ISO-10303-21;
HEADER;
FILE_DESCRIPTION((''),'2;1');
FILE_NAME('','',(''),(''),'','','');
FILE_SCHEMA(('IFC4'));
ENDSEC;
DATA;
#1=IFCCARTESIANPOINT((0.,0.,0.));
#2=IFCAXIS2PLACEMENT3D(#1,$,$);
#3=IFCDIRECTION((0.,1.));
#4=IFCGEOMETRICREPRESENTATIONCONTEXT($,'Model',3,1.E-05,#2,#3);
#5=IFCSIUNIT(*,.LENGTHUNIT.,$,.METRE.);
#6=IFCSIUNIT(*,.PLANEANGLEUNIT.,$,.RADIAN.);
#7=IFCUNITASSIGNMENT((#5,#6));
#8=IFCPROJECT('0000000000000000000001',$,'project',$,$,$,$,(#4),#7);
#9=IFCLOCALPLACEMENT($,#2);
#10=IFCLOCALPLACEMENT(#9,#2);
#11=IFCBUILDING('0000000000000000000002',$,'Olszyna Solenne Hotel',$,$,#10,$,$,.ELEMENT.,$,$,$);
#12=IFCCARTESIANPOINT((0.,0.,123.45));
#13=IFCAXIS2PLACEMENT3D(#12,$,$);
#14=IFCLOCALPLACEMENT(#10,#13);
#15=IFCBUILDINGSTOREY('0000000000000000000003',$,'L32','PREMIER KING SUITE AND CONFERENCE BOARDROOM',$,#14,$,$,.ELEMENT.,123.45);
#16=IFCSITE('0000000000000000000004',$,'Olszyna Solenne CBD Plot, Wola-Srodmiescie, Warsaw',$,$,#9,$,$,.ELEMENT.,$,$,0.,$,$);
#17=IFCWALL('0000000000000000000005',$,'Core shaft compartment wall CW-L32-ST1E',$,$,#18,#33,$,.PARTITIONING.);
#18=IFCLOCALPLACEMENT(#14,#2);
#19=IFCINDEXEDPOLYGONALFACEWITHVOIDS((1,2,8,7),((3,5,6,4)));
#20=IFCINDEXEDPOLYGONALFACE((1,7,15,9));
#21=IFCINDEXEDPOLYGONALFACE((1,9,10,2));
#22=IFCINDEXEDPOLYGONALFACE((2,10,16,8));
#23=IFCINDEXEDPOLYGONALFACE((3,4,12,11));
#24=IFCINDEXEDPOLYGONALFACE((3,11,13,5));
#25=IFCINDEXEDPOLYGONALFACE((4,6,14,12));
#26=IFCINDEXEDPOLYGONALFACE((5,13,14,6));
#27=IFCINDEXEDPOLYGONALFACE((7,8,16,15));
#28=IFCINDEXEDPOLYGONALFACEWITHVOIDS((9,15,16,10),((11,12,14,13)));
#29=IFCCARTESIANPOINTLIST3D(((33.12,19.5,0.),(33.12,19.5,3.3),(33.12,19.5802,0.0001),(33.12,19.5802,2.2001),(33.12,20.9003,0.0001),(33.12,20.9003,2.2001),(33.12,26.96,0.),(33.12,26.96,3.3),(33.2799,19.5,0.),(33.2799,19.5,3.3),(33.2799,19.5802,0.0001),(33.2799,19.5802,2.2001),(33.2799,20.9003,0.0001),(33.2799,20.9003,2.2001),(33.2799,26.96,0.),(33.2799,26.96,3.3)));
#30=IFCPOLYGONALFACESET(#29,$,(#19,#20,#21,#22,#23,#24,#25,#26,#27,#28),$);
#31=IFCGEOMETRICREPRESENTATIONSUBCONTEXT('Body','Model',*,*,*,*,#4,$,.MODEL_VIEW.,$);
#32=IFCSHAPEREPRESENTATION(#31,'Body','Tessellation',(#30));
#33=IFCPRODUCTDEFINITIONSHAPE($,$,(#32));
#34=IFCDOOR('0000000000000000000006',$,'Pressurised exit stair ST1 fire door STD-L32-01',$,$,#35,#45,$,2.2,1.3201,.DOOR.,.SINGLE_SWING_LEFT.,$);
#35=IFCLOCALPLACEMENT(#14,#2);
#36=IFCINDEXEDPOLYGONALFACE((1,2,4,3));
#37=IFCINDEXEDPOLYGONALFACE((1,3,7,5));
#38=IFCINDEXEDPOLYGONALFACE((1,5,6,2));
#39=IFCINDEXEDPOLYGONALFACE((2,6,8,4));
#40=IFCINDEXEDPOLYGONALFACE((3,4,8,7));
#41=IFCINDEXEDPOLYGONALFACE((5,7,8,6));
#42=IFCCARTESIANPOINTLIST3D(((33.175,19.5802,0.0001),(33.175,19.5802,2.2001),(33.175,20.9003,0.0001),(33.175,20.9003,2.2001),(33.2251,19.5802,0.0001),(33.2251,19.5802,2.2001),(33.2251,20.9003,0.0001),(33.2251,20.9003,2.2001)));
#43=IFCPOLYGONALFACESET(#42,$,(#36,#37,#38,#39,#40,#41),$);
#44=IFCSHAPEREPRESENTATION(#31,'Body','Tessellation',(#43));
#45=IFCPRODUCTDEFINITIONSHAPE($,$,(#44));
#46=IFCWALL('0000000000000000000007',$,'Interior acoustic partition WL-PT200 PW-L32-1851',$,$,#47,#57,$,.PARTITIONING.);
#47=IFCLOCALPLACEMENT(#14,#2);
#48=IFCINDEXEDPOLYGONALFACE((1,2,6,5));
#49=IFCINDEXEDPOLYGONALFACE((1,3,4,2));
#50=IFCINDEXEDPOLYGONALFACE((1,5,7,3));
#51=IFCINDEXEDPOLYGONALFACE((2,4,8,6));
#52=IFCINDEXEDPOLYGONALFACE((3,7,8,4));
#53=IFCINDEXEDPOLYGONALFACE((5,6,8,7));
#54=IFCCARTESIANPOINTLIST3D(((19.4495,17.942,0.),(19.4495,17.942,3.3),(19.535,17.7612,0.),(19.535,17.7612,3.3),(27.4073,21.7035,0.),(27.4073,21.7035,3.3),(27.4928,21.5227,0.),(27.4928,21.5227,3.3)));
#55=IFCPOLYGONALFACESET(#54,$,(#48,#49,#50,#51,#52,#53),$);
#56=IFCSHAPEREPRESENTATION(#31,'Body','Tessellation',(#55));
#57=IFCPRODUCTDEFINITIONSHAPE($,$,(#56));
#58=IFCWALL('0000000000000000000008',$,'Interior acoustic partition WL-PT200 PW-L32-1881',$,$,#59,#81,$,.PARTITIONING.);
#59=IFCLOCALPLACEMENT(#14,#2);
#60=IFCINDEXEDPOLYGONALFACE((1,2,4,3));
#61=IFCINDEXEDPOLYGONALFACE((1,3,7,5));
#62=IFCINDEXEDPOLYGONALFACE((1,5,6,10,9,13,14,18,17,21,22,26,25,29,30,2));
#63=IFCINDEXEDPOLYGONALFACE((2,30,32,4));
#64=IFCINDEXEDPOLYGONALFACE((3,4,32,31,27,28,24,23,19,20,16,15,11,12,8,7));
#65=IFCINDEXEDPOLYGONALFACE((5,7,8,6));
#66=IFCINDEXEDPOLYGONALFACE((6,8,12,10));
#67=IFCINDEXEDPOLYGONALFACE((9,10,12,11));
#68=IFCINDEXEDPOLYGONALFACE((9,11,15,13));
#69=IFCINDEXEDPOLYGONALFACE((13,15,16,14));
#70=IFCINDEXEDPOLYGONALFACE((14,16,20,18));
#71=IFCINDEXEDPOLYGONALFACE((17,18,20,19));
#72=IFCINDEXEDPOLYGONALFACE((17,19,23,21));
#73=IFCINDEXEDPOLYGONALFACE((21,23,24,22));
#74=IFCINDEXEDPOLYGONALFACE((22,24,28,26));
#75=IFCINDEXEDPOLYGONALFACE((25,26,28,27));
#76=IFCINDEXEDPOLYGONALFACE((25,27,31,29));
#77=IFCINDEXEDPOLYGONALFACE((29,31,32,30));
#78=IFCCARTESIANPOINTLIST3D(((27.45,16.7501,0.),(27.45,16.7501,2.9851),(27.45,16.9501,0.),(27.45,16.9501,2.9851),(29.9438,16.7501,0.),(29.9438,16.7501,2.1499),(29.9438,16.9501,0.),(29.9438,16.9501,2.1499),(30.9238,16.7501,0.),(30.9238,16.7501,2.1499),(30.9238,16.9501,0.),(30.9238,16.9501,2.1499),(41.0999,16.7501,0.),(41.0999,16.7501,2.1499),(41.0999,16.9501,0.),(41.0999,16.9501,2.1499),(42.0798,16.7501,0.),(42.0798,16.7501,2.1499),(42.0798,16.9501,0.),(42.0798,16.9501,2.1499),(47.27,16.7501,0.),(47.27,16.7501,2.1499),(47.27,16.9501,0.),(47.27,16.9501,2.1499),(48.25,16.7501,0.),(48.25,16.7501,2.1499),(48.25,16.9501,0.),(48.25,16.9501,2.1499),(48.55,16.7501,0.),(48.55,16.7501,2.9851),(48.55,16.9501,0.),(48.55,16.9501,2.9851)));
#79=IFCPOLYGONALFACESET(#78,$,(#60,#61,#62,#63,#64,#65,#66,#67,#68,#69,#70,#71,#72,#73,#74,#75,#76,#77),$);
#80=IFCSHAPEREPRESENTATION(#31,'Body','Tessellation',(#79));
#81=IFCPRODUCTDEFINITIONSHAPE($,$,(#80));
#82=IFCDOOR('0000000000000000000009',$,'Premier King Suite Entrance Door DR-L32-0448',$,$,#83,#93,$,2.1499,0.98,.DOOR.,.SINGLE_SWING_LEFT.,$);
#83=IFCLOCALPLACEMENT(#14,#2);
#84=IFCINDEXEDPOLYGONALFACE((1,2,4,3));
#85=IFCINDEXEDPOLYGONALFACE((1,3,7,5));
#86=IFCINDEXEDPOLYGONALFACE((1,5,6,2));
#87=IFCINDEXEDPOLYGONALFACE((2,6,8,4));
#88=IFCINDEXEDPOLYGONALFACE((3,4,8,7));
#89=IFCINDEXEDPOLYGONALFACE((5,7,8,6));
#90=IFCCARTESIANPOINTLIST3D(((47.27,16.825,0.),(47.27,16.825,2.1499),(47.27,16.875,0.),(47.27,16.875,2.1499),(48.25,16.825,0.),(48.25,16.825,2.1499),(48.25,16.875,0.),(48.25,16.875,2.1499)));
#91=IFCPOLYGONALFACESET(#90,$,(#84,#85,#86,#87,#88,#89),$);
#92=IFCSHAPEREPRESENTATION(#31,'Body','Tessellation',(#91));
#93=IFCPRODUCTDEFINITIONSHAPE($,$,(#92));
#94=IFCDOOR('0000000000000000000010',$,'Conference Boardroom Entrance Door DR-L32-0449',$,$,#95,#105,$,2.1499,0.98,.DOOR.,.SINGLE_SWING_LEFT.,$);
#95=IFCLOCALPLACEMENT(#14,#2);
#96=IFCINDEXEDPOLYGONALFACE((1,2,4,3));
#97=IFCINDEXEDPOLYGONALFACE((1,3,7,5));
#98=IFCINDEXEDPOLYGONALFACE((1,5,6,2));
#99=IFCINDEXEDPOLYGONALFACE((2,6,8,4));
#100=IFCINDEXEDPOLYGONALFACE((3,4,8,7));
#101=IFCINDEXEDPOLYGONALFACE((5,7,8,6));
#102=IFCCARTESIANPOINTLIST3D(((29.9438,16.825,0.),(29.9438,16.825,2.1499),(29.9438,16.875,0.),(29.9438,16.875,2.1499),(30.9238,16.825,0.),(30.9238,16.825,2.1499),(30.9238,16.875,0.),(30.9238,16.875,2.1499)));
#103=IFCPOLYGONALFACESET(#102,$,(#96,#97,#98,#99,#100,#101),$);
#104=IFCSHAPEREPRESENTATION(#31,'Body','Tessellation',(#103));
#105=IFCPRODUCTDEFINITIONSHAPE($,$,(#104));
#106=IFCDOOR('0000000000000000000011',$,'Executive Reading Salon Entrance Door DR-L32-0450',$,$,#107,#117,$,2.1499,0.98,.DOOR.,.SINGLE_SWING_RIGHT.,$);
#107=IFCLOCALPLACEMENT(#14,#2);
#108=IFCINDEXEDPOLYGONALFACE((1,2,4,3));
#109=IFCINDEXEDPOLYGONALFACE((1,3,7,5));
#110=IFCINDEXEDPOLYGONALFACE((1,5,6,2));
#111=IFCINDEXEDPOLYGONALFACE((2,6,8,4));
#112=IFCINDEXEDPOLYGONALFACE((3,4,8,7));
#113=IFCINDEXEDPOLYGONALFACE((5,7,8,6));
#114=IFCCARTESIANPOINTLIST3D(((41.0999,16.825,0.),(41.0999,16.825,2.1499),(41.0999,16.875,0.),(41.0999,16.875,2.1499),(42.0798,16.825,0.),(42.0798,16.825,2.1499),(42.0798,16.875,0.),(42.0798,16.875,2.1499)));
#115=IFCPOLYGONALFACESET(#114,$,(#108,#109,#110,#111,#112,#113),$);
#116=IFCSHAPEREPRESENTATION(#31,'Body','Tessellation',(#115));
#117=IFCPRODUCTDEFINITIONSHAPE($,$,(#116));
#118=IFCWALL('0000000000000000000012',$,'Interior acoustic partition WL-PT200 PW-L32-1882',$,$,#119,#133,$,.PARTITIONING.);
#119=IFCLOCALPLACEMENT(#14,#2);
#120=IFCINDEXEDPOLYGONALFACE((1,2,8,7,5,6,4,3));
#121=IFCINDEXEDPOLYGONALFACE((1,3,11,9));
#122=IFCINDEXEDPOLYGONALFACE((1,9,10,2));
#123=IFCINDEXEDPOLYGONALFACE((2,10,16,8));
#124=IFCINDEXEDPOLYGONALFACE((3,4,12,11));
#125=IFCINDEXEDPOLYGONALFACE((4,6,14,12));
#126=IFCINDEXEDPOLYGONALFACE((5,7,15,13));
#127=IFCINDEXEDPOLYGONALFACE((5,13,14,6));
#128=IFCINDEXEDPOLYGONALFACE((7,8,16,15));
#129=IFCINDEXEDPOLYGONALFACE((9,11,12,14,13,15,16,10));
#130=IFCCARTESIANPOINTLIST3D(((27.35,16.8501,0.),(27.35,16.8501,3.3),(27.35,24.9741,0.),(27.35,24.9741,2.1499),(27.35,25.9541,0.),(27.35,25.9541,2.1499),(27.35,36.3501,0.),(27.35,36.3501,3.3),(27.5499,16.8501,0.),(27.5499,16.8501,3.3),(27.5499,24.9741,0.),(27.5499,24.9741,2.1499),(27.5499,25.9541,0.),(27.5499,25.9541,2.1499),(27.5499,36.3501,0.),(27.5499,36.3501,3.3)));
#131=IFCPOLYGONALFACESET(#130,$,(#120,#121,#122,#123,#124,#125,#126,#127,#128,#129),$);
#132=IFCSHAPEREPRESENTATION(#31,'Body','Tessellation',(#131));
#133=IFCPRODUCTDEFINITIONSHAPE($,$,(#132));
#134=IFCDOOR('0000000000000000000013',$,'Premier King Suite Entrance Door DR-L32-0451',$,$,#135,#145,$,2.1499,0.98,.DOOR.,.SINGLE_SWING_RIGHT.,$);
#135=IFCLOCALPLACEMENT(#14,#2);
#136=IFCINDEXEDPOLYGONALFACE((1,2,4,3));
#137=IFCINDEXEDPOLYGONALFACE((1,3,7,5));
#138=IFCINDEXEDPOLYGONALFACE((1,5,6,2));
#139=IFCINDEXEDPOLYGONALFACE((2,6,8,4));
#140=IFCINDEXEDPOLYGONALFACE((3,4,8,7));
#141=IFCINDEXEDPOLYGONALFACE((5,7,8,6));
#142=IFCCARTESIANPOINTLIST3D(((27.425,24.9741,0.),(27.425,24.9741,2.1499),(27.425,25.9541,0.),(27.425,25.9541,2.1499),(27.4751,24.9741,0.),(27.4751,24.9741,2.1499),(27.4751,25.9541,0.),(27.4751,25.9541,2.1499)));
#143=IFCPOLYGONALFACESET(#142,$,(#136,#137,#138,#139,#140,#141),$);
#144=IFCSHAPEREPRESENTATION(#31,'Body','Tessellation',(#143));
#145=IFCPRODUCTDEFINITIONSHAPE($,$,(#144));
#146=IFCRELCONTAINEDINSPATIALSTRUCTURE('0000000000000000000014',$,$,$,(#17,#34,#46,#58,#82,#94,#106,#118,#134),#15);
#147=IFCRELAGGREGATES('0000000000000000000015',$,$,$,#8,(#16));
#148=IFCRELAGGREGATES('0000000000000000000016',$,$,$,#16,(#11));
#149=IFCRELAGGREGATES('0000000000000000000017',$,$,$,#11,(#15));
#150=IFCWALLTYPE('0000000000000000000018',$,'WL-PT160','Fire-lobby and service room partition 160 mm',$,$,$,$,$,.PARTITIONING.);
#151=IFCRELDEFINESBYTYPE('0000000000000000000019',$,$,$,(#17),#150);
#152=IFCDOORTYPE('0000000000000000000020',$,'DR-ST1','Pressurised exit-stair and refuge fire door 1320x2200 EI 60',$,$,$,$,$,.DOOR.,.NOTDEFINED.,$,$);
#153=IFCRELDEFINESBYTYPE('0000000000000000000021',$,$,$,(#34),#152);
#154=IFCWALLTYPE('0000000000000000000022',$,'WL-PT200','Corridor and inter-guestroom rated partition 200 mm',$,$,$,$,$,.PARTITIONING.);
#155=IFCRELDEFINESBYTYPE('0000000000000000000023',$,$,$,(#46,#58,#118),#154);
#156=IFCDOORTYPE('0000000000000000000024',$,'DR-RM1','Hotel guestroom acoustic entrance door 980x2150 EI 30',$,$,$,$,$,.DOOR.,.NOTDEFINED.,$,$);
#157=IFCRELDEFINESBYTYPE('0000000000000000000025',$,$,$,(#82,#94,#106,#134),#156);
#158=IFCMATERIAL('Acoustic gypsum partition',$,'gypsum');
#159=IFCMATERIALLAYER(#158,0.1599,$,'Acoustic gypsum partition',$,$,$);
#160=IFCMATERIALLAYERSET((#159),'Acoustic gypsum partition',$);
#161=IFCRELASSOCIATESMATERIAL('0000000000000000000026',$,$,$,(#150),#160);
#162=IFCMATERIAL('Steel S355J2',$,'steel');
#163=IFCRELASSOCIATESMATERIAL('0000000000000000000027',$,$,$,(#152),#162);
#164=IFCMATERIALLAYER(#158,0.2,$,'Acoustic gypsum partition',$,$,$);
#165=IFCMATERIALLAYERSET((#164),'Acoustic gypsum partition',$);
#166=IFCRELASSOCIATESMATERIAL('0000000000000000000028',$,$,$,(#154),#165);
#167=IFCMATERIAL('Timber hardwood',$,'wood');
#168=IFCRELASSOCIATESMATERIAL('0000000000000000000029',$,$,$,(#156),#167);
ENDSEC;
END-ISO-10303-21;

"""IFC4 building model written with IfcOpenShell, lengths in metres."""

from ifc_helpers import new_model, si_unit, direction, frame, frame_2d, origin, place, context, subcontext, project, spatial, rectangle, extrude, source, transform, mapped, material, layer, layer_set, type_object, type_shapes, element, fill, save


model = new_model("IFC4")

# Units and contexts
model_context = context("Model", 3, precision=1e-05, world=origin(), true_north=direction((0.0, 1.0)))
body_context = subcontext(model_context, "Body", "Model", "MODEL_VIEW")
ifc_project = project(units=[si_unit("LENGTHUNIT", "METRE"), si_unit("PLANEANGLEUNIT", "RADIAN")], contexts=[model_context])

# Site, building, storey
site_placement = place(None, origin())
site = spatial("IfcSite", under=ifc_project, at=site_placement, Name="Olszyna Solenne CBD Plot, Wola-Srodmiescie, Warsaw", CompositionType="ELEMENT", RefElevation=0.0)
building_placement = place(site_placement, origin())
building = spatial("IfcBuilding", under=site, at=building_placement, Name="Olszyna Solenne Hotel", CompositionType="ELEMENT")
storey_placement = place(building_placement, frame((0.0, 0.0, 123.45)))
storey = spatial("IfcBuildingStorey", under=building, at=storey_placement, Name="L32", Description="PREMIER KING SUITE AND CONFERENCE BOARDROOM", CompositionType="ELEMENT", Elevation=123.45)

# Shared definitions
ifc_material_1 = material(Name="Steel S355J2", Category="steel")

# Wall, opening, door
ifc_material_2 = material(Name="Timber hardwood", Category="wood")
ifc_material_3 = material(Name="Acoustic gypsum partition", Category="gypsum")
ifc_layer_1 = layer(ifc_material_3, 0.1599, Name="Acoustic gypsum partition")
ifc_layer_set_1 = layer_set([ifc_layer_1], Name="Acoustic gypsum partition")
wall_type_1 = type_object("IfcWallType", Name="WL-PT160", Description="Fire-lobby and service room partition 160 mm", PredefinedType="PARTITIONING", material=ifc_layer_set_1)
wall_1_placement = place(storey_placement, frame((33.2, 19.5, 0.0), z_axis=(0.0, 0.0, 1.0), x_axis=(0.0, 1.0, 0.0)))
wall_1 = element("IfcWall", 1, at=wall_1_placement, inside=storey, type_object=wall_type_1, Name="Core shaft compartment wall CW-L32-ST1E", PredefinedType="PARTITIONING", context=body_context, shape_type="SweptSolid", body=[
    extrude(rectangle(XDim=7.46, YDim=0.1599, at=frame_2d((3.73, 0.0))), origin(), (0.0, 0.0, 1.0), 3.3),
])
opening_1_placement = place(wall_1_placement, frame((0.0801, 0.0, 0.0)))
opening_1 = element("IfcOpeningElement", 2, at=opening_1_placement, cuts=wall_1, PredefinedType="OPENING", context=body_context, shape_type="SweptSolid", body=[
    extrude(rectangle(XDim=1.3201, YDim=2.2, at=frame_2d((0.6602, 1.1001))), frame((0.0, 0.0898, 0.0), z_axis=(0.0, -1.0, 0.0), x_axis=(1.0, 0.0, 0.0)), (0.0, 0.0, 1.0), 0.1799),
])
door_type_1 = type_object("IfcDoorType", Name="DR-ST1", Description="Pressurised exit-stair and refuge fire door 1320x2200 EI 60", OperationType="NOTDEFINED", PredefinedType="DOOR", material=ifc_material_1)
shared_shape_1 = source(origin(), body_context, "Body", "SweptSolid", [
    extrude(rectangle(XDim=1.3201, YDim=2.2, at=frame_2d((0.6602, 1.1001))), frame((0.0, 0.0249, 0.0), z_axis=(0.0, -1.0, 0.0), x_axis=(1.0, 0.0, 0.0)), (0.0, 0.0, 1.0), 0.05),
])
type_shapes(door_type_1, [shared_shape_1])
door_1_placement = place(opening_1_placement, origin())
door_1 = element("IfcDoor", 3, at=door_1_placement, inside=storey, type_object=door_type_1, Name="Pressurised exit stair ST1 fire door STD-L32-01", OperationType="SINGLE_SWING_LEFT", OverallHeight=2.2, OverallWidth=1.3201, PredefinedType="DOOR", context=body_context, shape_type="MappedRepresentation", body=[
    mapped(shared_shape_1, transform((0.0, 0.0, 0.0), x_axis=(1.0, 0.0, 0.0), y_axis=(0.0, 1.0, 0.0), z_axis=(0.0, 0.0, 1.0), scale=1.0)),
])
fill(opening_1, door_1)

# Wall
ifc_layer_2 = layer(ifc_material_3, 0.2, Name="Acoustic gypsum partition")
ifc_layer_set_2 = layer_set([ifc_layer_2], Name="Acoustic gypsum partition")
wall_type_2 = type_object("IfcWallType", Name="WL-PT200", Description="Corridor and inter-guestroom rated partition 200 mm", PredefinedType="PARTITIONING", material=ifc_layer_set_2)
wall_2_placement = place(storey_placement, frame((27.45, 21.613, 0.0), z_axis=(0.0, 0.0, 1.0), x_axis=(-0.904089, -0.427345, 0.0)))
element("IfcWall", 4, at=wall_2_placement, inside=storey, type_object=wall_type_2, Name="Interior acoustic partition WL-PT200 PW-L32-1851", PredefinedType="PARTITIONING", context=body_context, shape_type="SweptSolid", body=[
    extrude(rectangle(XDim=8.802, YDim=0.2, at=frame_2d((4.4009, 0.0))), origin(), (0.0, 0.0, 1.0), 3.3),
])

# Wall, openings, doors
wall_3_placement = place(storey_placement, frame((27.45, 16.8501, 0.0), z_axis=(0.0, 0.0, 1.0), x_axis=(1.0, 0.0, 0.0)))
wall_3 = element("IfcWall", 5, at=wall_3_placement, inside=storey, type_object=wall_type_2, Name="Interior acoustic partition WL-PT200 PW-L32-1881", PredefinedType="PARTITIONING", context=body_context, shape_type="SweptSolid", body=[
    extrude(rectangle(XDim=21.1001, YDim=0.2, at=frame_2d((10.55, 0.0))), origin(), (0.0, 0.0, 1.0), 2.9851),
])
opening_2_placement = place(wall_3_placement, frame((19.8201, 0.0, 0.0)))
opening_2 = element("IfcOpeningElement", 6, at=opening_2_placement, cuts=wall_3, PredefinedType="OPENING", context=body_context, shape_type="SweptSolid", body=[
    extrude(rectangle(XDim=0.98, YDim=2.1499, at=frame_2d((0.49, 1.075))), frame((0.0, 0.1099, 0.0), z_axis=(0.0, -1.0, 0.0), x_axis=(1.0, 0.0, 0.0)), (0.0, 0.0, 1.0), 0.22),
])
opening_3_placement = place(wall_3_placement, frame((2.4939, 0.0, 0.0)))
opening_3 = element("IfcOpeningElement", 7, at=opening_3_placement, cuts=wall_3, PredefinedType="OPENING", context=body_context, shape_type="SweptSolid", body=[
    extrude(rectangle(XDim=0.98, YDim=2.1499, at=frame_2d((0.49, 1.075))), frame((0.0, 0.1099, 0.0), z_axis=(0.0, -1.0, 0.0), x_axis=(1.0, 0.0, 0.0)), (0.0, 0.0, 1.0), 0.22),
])
opening_4_placement = place(wall_3_placement, frame((13.6499, 0.0, 0.0)))
opening_4 = element("IfcOpeningElement", 8, at=opening_4_placement, cuts=wall_3, PredefinedType="OPENING", context=body_context, shape_type="SweptSolid", body=[
    extrude(rectangle(XDim=0.98, YDim=2.1499, at=frame_2d((0.49, 1.075))), frame((0.0, 0.1099, 0.0), z_axis=(0.0, -1.0, 0.0), x_axis=(1.0, 0.0, 0.0)), (0.0, 0.0, 1.0), 0.22),
])
door_type_2 = type_object("IfcDoorType", Name="DR-RM1", Description="Hotel guestroom acoustic entrance door 980x2150 EI 30", OperationType="NOTDEFINED", PredefinedType="DOOR", material=ifc_material_2)
shared_shape_2 = source(origin(), body_context, "Body", "SweptSolid", [
    extrude(rectangle(XDim=0.98, YDim=2.1499, at=frame_2d((0.49, 1.075))), frame((0.0, 0.0249, 0.0), z_axis=(0.0, -1.0, 0.0), x_axis=(1.0, 0.0, 0.0)), (0.0, 0.0, 1.0), 0.05),
])
type_shapes(door_type_2, [shared_shape_2])
door_2_placement = place(opening_2_placement, origin())
door_2 = element("IfcDoor", 9, at=door_2_placement, inside=storey, type_object=door_type_2, Name="Premier King Suite Entrance Door DR-L32-0448", OperationType="SINGLE_SWING_LEFT", OverallHeight=2.1499, OverallWidth=0.98, PredefinedType="DOOR", context=body_context, shape_type="MappedRepresentation", body=[
    mapped(shared_shape_2, transform((0.0, 0.0, 0.0), x_axis=(1.0, 0.0, 0.0), y_axis=(0.0, 1.0, 0.0), z_axis=(0.0, 0.0, 1.0), scale=1.0)),
])
fill(opening_2, door_2)
door_3_placement = place(opening_3_placement, origin())
door_3 = element("IfcDoor", 10, at=door_3_placement, inside=storey, type_object=door_type_2, Name="Conference Boardroom Entrance Door DR-L32-0449", OperationType="SINGLE_SWING_LEFT", OverallHeight=2.1499, OverallWidth=0.98, PredefinedType="DOOR", context=body_context, shape_type="MappedRepresentation", body=[
    mapped(shared_shape_2, transform((0.0, 0.0, 0.0), x_axis=(1.0, 0.0, 0.0), y_axis=(0.0, 1.0, 0.0), z_axis=(0.0, 0.0, 1.0), scale=1.0)),
])
fill(opening_3, door_3)
door_4_placement = place(opening_4_placement, origin())
door_4 = element("IfcDoor", 11, at=door_4_placement, inside=storey, type_object=door_type_2, Name="Executive Reading Salon Entrance Door DR-L32-0450", OperationType="SINGLE_SWING_RIGHT", OverallHeight=2.1499, OverallWidth=0.98, PredefinedType="DOOR", context=body_context, shape_type="MappedRepresentation", body=[
    mapped(shared_shape_2, transform((0.0, 0.0, 0.0), x_axis=(1.0, 0.0, 0.0), y_axis=(0.0, 1.0, 0.0), z_axis=(0.0, 0.0, 1.0), scale=1.0)),
])
fill(opening_4, door_4)

# Wall, opening, door
wall_4_placement = place(storey_placement, frame((27.45, 16.8501, 0.0), z_axis=(0.0, 0.0, 1.0), x_axis=(0.0, 1.0, 0.0)))
wall_4 = element("IfcWall", 12, at=wall_4_placement, inside=storey, type_object=wall_type_2, Name="Interior acoustic partition WL-PT200 PW-L32-1882", PredefinedType="PARTITIONING", context=body_context, shape_type="SweptSolid", body=[
    extrude(rectangle(XDim=19.5, YDim=0.2, at=frame_2d((9.75, 0.0))), origin(), (0.0, 0.0, 1.0), 3.3),
])
opening_5_placement = place(wall_4_placement, frame((8.124, 0.0, 0.0)))
opening_5 = element("IfcOpeningElement", 13, at=opening_5_placement, cuts=wall_4, PredefinedType="OPENING", context=body_context, shape_type="SweptSolid", body=[
    extrude(rectangle(XDim=0.98, YDim=2.1499, at=frame_2d((0.49, 1.075))), frame((0.0, 0.1099, 0.0), z_axis=(0.0, -1.0, 0.0), x_axis=(1.0, 0.0, 0.0)), (0.0, 0.0, 1.0), 0.22),
])
door_5_placement = place(opening_5_placement, origin())
door_5 = element("IfcDoor", 14, at=door_5_placement, inside=storey, type_object=door_type_2, Name="Premier King Suite Entrance Door DR-L32-0451", OperationType="SINGLE_SWING_RIGHT", OverallHeight=2.1499, OverallWidth=0.98, PredefinedType="DOOR", context=body_context, shape_type="MappedRepresentation", body=[
    mapped(shared_shape_2, transform((0.0, 0.0, 0.0), x_axis=(1.0, 0.0, 0.0), y_axis=(0.0, 1.0, 0.0), z_axis=(0.0, 0.0, 1.0), scale=1.0)),
])
fill(opening_5, door_5)

save(model, "model.ifc")
